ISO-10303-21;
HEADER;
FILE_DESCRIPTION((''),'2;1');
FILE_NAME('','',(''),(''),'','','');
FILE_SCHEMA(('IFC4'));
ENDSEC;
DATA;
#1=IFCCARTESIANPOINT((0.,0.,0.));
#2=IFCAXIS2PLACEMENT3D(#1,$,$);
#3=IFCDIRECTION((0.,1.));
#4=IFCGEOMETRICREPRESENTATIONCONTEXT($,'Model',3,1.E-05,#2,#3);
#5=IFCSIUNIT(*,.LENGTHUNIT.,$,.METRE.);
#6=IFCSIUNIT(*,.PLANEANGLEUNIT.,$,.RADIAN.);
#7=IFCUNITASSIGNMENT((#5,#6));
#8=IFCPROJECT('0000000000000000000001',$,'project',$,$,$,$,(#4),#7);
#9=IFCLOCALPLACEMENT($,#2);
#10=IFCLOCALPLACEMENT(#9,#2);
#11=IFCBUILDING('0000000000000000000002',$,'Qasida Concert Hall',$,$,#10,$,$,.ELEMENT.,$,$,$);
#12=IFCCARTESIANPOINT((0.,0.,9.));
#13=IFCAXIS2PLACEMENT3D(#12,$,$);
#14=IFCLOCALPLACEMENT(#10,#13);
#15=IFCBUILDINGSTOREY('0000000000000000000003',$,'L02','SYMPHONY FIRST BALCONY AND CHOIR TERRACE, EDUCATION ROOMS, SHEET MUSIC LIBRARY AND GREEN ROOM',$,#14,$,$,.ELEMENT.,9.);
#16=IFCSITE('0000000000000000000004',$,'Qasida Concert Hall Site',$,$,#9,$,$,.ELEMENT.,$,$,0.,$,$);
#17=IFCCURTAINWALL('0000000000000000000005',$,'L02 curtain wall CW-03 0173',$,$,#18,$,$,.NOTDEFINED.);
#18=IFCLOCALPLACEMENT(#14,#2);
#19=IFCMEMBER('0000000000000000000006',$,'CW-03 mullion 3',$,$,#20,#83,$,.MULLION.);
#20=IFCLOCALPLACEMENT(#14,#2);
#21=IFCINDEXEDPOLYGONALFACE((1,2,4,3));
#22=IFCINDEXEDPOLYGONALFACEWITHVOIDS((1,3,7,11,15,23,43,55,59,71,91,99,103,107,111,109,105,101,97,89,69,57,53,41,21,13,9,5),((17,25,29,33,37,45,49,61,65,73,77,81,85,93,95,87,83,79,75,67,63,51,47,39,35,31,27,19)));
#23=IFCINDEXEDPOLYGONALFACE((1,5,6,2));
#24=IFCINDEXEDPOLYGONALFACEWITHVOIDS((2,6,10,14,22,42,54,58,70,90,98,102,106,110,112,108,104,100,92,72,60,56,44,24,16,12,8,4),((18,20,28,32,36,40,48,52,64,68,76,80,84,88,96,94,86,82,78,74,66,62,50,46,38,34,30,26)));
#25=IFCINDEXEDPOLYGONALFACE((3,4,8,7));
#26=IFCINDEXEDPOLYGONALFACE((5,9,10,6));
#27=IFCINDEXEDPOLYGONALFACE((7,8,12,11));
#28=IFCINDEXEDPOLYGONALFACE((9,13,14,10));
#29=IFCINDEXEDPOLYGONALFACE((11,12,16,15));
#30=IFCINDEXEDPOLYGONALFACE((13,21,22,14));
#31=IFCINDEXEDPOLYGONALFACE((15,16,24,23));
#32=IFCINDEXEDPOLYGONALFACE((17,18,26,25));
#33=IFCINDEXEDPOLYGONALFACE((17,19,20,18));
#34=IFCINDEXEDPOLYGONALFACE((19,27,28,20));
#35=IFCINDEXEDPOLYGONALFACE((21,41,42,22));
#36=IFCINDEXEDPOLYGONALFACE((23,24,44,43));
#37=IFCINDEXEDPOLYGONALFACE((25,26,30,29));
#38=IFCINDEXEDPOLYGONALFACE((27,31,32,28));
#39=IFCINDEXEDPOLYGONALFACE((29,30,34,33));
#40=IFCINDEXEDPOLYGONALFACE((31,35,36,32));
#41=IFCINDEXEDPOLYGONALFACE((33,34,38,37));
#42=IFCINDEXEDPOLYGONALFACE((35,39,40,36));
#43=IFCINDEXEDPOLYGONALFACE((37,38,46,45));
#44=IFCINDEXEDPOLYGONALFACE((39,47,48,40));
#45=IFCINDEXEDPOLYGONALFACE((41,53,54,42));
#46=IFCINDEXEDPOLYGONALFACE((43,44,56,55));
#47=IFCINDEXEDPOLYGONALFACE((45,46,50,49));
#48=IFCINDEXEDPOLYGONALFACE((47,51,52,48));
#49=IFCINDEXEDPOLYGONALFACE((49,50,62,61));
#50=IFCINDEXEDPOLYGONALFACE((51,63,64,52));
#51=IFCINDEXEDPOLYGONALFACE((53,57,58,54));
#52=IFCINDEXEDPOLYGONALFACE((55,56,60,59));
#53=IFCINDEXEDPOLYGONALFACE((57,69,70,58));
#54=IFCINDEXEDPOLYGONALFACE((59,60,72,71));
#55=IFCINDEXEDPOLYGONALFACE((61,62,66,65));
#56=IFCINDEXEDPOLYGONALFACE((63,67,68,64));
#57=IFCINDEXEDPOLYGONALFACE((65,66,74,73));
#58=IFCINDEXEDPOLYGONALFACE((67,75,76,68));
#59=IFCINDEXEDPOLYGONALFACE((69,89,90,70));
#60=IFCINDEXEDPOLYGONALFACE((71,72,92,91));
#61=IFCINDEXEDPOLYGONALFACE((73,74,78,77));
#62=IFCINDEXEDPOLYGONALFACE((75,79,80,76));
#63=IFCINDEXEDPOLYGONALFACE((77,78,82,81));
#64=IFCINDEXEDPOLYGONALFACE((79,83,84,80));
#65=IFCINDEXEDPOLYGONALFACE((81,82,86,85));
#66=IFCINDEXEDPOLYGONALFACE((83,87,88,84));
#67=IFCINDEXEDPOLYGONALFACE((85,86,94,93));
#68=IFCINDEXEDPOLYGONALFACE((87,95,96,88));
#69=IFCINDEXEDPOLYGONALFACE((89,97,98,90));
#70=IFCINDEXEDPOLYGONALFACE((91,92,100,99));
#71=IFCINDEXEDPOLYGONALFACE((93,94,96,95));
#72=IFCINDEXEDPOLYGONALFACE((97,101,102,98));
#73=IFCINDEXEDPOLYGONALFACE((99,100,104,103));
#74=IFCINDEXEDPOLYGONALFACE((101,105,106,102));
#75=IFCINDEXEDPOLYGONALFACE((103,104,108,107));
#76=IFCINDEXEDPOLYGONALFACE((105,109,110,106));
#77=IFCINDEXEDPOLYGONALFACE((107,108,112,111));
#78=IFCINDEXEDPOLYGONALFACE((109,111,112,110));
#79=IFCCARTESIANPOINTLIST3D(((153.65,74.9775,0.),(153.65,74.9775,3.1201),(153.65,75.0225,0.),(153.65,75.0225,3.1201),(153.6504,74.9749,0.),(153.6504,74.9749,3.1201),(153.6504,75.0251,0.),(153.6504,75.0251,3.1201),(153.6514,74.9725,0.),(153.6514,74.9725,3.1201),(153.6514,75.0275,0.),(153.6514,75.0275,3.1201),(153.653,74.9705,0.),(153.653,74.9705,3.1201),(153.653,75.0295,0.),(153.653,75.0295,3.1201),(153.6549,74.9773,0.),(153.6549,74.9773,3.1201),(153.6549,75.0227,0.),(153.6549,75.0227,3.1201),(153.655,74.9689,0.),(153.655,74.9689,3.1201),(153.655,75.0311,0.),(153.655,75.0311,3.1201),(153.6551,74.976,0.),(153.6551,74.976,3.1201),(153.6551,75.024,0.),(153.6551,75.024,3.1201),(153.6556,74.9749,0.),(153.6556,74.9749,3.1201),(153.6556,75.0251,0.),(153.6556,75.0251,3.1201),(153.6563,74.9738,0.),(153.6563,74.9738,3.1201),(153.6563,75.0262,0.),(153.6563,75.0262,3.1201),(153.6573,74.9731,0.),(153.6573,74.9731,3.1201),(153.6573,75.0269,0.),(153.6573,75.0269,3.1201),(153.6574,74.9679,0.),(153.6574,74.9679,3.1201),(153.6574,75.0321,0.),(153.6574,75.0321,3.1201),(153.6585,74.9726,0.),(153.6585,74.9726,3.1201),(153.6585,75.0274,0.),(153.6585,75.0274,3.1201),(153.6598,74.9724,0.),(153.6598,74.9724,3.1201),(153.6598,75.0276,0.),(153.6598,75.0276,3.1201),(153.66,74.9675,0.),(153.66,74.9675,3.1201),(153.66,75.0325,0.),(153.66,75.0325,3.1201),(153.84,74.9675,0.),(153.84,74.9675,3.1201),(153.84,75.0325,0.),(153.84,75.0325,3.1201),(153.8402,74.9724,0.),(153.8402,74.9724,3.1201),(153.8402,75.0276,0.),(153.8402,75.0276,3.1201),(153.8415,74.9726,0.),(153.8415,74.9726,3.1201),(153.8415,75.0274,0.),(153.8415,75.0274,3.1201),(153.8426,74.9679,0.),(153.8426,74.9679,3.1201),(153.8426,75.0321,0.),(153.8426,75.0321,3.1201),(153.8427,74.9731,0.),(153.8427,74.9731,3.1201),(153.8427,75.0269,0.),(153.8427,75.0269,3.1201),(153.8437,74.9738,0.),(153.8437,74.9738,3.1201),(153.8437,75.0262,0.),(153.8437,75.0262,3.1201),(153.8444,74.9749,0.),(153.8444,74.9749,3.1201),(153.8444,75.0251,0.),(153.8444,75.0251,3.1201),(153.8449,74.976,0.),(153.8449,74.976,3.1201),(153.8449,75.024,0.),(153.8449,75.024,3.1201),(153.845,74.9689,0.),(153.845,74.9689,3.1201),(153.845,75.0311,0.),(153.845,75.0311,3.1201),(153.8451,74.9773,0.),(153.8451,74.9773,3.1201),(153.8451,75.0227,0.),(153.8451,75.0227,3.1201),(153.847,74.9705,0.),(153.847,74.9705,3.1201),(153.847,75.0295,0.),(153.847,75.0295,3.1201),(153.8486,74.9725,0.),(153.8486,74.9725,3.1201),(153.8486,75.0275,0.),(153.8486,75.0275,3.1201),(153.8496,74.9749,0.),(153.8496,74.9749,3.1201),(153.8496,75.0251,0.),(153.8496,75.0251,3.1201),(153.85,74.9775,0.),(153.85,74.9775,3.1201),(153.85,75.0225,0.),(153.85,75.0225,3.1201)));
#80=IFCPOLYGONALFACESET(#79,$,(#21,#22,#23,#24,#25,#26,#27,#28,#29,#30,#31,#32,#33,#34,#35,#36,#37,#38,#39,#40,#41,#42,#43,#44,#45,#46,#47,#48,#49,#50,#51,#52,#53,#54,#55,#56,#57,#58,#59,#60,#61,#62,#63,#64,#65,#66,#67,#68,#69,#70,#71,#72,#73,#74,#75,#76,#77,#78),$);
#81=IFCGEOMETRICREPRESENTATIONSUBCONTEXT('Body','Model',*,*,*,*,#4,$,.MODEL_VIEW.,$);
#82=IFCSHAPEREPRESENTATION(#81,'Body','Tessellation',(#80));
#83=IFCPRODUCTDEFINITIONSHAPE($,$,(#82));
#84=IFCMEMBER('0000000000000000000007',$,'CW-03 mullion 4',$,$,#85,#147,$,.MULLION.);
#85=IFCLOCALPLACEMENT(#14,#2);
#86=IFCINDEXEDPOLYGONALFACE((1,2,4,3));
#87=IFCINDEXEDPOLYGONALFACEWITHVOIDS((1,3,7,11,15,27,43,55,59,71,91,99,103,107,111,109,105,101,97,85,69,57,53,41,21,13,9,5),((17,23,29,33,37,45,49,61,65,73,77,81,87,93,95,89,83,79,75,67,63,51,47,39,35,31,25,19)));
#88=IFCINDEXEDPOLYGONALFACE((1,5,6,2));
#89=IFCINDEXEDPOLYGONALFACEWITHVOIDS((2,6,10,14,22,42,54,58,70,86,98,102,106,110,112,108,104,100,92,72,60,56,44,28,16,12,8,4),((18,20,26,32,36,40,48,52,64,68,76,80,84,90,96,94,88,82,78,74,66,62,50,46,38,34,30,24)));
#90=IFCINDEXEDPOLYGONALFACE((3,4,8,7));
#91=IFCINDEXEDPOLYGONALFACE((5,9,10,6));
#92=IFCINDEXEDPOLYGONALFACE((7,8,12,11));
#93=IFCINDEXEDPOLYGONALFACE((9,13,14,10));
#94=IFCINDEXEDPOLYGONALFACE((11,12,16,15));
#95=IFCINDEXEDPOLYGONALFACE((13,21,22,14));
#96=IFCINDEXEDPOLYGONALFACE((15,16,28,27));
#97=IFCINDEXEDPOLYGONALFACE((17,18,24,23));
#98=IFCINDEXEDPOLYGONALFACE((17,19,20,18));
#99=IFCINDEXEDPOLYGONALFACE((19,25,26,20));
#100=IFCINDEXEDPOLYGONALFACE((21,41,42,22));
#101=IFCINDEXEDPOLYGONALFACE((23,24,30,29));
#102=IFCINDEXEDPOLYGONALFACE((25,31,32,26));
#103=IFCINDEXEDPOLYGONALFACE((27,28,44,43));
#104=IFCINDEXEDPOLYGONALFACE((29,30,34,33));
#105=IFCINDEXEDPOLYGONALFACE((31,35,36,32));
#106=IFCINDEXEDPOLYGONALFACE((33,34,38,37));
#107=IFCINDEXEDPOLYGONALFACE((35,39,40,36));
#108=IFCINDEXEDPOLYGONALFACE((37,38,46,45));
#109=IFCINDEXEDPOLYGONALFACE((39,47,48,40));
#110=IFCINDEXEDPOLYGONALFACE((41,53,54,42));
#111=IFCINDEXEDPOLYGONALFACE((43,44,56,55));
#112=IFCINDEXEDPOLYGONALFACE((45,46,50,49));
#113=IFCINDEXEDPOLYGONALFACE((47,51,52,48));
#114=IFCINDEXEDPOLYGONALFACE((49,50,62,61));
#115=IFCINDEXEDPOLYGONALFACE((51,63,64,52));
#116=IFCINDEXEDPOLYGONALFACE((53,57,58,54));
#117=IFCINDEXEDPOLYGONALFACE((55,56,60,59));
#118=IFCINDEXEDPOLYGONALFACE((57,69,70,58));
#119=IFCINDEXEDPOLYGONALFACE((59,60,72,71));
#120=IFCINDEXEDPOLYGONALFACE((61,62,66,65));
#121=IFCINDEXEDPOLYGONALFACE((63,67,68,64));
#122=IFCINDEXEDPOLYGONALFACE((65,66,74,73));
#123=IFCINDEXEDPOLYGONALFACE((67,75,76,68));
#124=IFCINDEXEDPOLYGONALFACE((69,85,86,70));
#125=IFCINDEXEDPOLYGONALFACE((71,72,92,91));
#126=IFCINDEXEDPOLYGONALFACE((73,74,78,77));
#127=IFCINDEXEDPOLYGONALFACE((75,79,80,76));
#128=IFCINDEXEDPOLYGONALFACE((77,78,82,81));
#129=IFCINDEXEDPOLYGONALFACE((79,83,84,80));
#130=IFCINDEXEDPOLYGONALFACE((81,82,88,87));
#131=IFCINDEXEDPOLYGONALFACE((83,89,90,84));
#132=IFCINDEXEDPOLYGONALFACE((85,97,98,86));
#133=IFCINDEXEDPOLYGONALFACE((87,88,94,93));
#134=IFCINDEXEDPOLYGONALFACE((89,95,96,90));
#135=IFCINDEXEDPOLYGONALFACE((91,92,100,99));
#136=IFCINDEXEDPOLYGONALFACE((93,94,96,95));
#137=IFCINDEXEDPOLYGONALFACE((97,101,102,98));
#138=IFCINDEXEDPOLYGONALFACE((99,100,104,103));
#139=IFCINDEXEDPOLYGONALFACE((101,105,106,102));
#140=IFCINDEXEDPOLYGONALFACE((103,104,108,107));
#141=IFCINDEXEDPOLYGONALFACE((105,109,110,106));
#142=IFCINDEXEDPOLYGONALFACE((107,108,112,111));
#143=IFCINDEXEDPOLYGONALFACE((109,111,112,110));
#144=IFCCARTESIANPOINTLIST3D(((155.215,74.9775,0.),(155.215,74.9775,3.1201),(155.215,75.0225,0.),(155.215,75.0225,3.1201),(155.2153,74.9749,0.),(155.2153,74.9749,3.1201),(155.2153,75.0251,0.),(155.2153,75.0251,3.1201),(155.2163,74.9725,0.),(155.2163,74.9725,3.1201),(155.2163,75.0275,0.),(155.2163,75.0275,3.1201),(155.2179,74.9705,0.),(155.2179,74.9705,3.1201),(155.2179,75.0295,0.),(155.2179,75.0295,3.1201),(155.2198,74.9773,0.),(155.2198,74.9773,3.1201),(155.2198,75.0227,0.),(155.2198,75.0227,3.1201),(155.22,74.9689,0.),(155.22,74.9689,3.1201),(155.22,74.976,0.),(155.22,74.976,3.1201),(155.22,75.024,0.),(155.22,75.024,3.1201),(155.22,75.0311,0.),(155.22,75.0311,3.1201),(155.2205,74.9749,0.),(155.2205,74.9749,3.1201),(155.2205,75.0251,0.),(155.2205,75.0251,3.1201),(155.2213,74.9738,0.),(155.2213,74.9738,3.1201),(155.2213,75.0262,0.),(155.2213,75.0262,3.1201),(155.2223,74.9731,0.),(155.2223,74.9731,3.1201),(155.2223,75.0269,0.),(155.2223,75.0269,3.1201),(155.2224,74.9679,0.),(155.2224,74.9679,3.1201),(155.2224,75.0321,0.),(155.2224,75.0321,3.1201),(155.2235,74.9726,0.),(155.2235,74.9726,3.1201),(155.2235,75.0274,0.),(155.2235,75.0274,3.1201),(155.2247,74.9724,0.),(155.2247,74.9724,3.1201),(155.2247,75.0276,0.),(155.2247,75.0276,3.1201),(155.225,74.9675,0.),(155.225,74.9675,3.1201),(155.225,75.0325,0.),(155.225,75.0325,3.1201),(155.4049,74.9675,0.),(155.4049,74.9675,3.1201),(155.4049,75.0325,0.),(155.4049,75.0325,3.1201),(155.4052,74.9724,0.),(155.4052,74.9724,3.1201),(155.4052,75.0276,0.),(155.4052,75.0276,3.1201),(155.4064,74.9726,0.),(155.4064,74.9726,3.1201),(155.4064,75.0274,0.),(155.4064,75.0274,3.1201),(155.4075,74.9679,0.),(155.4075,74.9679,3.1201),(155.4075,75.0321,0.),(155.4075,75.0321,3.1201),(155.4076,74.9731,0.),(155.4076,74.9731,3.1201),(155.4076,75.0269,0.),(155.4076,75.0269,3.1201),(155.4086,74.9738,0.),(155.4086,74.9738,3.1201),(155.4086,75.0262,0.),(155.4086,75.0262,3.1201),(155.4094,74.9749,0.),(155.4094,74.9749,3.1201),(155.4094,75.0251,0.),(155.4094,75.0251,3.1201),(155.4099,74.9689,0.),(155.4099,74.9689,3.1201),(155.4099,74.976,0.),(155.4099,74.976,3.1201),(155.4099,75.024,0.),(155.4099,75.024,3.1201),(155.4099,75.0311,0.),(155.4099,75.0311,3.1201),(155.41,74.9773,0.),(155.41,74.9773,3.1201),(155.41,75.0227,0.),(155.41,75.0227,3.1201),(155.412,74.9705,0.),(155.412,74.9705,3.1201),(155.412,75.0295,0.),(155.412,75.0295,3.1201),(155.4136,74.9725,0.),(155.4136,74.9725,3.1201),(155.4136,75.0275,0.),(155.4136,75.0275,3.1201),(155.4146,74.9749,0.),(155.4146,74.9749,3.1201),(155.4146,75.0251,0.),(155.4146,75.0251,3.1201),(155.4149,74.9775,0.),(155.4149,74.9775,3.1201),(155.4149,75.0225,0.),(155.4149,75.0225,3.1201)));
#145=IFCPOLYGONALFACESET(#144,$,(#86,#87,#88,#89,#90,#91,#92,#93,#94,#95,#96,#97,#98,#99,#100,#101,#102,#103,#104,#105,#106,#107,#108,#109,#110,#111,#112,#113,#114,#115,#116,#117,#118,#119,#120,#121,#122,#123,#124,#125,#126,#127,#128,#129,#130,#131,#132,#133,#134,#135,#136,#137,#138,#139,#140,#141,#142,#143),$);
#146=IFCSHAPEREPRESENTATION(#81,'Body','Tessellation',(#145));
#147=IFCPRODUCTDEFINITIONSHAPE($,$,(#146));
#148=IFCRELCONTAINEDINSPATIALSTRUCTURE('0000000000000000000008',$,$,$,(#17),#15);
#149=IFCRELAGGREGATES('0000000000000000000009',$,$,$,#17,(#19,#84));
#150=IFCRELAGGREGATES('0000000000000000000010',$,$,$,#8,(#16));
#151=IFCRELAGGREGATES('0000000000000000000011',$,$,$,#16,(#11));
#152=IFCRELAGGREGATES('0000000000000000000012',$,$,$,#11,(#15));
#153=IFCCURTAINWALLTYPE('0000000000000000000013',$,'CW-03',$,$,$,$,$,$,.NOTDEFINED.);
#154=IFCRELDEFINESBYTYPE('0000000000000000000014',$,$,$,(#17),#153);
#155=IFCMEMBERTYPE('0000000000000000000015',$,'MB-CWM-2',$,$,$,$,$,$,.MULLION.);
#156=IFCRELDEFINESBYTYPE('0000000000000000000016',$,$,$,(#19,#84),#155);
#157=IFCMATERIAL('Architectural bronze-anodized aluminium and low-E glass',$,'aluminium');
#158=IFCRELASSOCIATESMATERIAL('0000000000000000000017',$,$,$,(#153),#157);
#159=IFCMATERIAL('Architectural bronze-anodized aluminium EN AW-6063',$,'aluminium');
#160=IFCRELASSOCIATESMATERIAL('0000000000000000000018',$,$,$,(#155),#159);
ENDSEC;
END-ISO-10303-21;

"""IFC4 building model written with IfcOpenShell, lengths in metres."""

from ifc_helpers import new_model, si_unit, direction, frame, origin, origin_2d, place, context, subcontext, project, spatial, hollow_rectangle, extrude, material, material_profile, profile_set, type_object, element, aggregate, save


model = new_model("IFC4")

# Units and contexts
model_context = context("Model", 3, precision=1e-05, world=origin(), true_north=direction((0.0, 1.0)))
body_context = subcontext(model_context, "Body", "Model", "MODEL_VIEW")
ifc_project = project(units=[si_unit("LENGTHUNIT", "METRE"), si_unit("PLANEANGLEUNIT", "RADIAN")], contexts=[model_context])

# Site, building, storey
site_placement = place(None, origin())
site = spatial("IfcSite", under=ifc_project, at=site_placement, Name="Qasida Concert Hall Site", CompositionType="ELEMENT", RefElevation=0.0)
building_placement = place(site_placement, origin())
building = spatial("IfcBuilding", under=site, at=building_placement, Name="Qasida Concert Hall", CompositionType="ELEMENT")
storey_placement = place(building_placement, frame((0.0, 0.0, 9.0)))
storey = spatial("IfcBuildingStorey", under=building, at=storey_placement, Name="L02", Description="SYMPHONY FIRST BALCONY AND CHOIR TERRACE, EDUCATION ROOMS, SHEET MUSIC LIBRARY AND GREEN ROOM", CompositionType="ELEMENT", Elevation=9.0)

# Curtain wall, members
ifc_material_1 = material(Name="Architectural bronze-anodized aluminium and low-E glass", Category="aluminium")
curtain_wall_type = type_object("IfcCurtainWallType", Name="CW-03", PredefinedType="NOTDEFINED", material=ifc_material_1)
curtain_wall_placement = place(storey_placement, origin())
curtain_wall = element("IfcCurtainWall", 1, at=curtain_wall_placement, inside=storey, type_object=curtain_wall_type, Name="L02 curtain wall CW-03 0173", PredefinedType="NOTDEFINED")
ifc_material_2 = material(Name="Architectural bronze-anodized aluminium EN AW-6063", Category="aluminium")
ifc_material_profile_1 = material_profile(ifc_material_2, hollow_rectangle(XDim=0.0649, YDim=0.2, WallThickness=0.0049, InnerFilletRadius=0.0049, OuterFilletRadius=0.01, at=origin_2d()), Name="CWM 200x65x5")
ifc_profile_set_1 = profile_set([ifc_material_profile_1], Name="Architectural bronze-anodized aluminium EN AW-6063")
member_type_1 = type_object("IfcMemberType", Name="MB-CWM-2", PredefinedType="MULLION", material=ifc_profile_set_1)
member_1_placement = place(storey_placement, frame((153.75, 75.0, 0.0), z_axis=(0.0, 0.0, 1.0), x_axis=(0.0, 1.0, 0.0)))
member_1 = element("IfcMember", 2, at=member_1_placement, type_object=member_type_1, Name="CW-03 mullion 3", PredefinedType="MULLION", context=body_context, shape_type="SweptSolid", body=[
    extrude(hollow_rectangle(XDim=0.0649, YDim=0.2, WallThickness=0.0049, InnerFilletRadius=0.0049, OuterFilletRadius=0.01, at=origin_2d()), origin(), (0.0, 0.0, 1.0), 3.1201),
])
member_2_placement = place(storey_placement, frame((155.3149, 75.0, 0.0), z_axis=(0.0, 0.0, 1.0), x_axis=(0.0, 1.0, 0.0)))
member_2 = element("IfcMember", 3, at=member_2_placement, type_object=member_type_1, Name="CW-03 mullion 4", PredefinedType="MULLION", context=body_context, shape_type="SweptSolid", body=[
    extrude(hollow_rectangle(XDim=0.0649, YDim=0.2, WallThickness=0.0049, InnerFilletRadius=0.0049, OuterFilletRadius=0.01, at=origin_2d()), origin(), (0.0, 0.0, 1.0), 3.1201),
])
aggregate(curtain_wall, [member_1, member_2])

save(model, "model.ifc")
